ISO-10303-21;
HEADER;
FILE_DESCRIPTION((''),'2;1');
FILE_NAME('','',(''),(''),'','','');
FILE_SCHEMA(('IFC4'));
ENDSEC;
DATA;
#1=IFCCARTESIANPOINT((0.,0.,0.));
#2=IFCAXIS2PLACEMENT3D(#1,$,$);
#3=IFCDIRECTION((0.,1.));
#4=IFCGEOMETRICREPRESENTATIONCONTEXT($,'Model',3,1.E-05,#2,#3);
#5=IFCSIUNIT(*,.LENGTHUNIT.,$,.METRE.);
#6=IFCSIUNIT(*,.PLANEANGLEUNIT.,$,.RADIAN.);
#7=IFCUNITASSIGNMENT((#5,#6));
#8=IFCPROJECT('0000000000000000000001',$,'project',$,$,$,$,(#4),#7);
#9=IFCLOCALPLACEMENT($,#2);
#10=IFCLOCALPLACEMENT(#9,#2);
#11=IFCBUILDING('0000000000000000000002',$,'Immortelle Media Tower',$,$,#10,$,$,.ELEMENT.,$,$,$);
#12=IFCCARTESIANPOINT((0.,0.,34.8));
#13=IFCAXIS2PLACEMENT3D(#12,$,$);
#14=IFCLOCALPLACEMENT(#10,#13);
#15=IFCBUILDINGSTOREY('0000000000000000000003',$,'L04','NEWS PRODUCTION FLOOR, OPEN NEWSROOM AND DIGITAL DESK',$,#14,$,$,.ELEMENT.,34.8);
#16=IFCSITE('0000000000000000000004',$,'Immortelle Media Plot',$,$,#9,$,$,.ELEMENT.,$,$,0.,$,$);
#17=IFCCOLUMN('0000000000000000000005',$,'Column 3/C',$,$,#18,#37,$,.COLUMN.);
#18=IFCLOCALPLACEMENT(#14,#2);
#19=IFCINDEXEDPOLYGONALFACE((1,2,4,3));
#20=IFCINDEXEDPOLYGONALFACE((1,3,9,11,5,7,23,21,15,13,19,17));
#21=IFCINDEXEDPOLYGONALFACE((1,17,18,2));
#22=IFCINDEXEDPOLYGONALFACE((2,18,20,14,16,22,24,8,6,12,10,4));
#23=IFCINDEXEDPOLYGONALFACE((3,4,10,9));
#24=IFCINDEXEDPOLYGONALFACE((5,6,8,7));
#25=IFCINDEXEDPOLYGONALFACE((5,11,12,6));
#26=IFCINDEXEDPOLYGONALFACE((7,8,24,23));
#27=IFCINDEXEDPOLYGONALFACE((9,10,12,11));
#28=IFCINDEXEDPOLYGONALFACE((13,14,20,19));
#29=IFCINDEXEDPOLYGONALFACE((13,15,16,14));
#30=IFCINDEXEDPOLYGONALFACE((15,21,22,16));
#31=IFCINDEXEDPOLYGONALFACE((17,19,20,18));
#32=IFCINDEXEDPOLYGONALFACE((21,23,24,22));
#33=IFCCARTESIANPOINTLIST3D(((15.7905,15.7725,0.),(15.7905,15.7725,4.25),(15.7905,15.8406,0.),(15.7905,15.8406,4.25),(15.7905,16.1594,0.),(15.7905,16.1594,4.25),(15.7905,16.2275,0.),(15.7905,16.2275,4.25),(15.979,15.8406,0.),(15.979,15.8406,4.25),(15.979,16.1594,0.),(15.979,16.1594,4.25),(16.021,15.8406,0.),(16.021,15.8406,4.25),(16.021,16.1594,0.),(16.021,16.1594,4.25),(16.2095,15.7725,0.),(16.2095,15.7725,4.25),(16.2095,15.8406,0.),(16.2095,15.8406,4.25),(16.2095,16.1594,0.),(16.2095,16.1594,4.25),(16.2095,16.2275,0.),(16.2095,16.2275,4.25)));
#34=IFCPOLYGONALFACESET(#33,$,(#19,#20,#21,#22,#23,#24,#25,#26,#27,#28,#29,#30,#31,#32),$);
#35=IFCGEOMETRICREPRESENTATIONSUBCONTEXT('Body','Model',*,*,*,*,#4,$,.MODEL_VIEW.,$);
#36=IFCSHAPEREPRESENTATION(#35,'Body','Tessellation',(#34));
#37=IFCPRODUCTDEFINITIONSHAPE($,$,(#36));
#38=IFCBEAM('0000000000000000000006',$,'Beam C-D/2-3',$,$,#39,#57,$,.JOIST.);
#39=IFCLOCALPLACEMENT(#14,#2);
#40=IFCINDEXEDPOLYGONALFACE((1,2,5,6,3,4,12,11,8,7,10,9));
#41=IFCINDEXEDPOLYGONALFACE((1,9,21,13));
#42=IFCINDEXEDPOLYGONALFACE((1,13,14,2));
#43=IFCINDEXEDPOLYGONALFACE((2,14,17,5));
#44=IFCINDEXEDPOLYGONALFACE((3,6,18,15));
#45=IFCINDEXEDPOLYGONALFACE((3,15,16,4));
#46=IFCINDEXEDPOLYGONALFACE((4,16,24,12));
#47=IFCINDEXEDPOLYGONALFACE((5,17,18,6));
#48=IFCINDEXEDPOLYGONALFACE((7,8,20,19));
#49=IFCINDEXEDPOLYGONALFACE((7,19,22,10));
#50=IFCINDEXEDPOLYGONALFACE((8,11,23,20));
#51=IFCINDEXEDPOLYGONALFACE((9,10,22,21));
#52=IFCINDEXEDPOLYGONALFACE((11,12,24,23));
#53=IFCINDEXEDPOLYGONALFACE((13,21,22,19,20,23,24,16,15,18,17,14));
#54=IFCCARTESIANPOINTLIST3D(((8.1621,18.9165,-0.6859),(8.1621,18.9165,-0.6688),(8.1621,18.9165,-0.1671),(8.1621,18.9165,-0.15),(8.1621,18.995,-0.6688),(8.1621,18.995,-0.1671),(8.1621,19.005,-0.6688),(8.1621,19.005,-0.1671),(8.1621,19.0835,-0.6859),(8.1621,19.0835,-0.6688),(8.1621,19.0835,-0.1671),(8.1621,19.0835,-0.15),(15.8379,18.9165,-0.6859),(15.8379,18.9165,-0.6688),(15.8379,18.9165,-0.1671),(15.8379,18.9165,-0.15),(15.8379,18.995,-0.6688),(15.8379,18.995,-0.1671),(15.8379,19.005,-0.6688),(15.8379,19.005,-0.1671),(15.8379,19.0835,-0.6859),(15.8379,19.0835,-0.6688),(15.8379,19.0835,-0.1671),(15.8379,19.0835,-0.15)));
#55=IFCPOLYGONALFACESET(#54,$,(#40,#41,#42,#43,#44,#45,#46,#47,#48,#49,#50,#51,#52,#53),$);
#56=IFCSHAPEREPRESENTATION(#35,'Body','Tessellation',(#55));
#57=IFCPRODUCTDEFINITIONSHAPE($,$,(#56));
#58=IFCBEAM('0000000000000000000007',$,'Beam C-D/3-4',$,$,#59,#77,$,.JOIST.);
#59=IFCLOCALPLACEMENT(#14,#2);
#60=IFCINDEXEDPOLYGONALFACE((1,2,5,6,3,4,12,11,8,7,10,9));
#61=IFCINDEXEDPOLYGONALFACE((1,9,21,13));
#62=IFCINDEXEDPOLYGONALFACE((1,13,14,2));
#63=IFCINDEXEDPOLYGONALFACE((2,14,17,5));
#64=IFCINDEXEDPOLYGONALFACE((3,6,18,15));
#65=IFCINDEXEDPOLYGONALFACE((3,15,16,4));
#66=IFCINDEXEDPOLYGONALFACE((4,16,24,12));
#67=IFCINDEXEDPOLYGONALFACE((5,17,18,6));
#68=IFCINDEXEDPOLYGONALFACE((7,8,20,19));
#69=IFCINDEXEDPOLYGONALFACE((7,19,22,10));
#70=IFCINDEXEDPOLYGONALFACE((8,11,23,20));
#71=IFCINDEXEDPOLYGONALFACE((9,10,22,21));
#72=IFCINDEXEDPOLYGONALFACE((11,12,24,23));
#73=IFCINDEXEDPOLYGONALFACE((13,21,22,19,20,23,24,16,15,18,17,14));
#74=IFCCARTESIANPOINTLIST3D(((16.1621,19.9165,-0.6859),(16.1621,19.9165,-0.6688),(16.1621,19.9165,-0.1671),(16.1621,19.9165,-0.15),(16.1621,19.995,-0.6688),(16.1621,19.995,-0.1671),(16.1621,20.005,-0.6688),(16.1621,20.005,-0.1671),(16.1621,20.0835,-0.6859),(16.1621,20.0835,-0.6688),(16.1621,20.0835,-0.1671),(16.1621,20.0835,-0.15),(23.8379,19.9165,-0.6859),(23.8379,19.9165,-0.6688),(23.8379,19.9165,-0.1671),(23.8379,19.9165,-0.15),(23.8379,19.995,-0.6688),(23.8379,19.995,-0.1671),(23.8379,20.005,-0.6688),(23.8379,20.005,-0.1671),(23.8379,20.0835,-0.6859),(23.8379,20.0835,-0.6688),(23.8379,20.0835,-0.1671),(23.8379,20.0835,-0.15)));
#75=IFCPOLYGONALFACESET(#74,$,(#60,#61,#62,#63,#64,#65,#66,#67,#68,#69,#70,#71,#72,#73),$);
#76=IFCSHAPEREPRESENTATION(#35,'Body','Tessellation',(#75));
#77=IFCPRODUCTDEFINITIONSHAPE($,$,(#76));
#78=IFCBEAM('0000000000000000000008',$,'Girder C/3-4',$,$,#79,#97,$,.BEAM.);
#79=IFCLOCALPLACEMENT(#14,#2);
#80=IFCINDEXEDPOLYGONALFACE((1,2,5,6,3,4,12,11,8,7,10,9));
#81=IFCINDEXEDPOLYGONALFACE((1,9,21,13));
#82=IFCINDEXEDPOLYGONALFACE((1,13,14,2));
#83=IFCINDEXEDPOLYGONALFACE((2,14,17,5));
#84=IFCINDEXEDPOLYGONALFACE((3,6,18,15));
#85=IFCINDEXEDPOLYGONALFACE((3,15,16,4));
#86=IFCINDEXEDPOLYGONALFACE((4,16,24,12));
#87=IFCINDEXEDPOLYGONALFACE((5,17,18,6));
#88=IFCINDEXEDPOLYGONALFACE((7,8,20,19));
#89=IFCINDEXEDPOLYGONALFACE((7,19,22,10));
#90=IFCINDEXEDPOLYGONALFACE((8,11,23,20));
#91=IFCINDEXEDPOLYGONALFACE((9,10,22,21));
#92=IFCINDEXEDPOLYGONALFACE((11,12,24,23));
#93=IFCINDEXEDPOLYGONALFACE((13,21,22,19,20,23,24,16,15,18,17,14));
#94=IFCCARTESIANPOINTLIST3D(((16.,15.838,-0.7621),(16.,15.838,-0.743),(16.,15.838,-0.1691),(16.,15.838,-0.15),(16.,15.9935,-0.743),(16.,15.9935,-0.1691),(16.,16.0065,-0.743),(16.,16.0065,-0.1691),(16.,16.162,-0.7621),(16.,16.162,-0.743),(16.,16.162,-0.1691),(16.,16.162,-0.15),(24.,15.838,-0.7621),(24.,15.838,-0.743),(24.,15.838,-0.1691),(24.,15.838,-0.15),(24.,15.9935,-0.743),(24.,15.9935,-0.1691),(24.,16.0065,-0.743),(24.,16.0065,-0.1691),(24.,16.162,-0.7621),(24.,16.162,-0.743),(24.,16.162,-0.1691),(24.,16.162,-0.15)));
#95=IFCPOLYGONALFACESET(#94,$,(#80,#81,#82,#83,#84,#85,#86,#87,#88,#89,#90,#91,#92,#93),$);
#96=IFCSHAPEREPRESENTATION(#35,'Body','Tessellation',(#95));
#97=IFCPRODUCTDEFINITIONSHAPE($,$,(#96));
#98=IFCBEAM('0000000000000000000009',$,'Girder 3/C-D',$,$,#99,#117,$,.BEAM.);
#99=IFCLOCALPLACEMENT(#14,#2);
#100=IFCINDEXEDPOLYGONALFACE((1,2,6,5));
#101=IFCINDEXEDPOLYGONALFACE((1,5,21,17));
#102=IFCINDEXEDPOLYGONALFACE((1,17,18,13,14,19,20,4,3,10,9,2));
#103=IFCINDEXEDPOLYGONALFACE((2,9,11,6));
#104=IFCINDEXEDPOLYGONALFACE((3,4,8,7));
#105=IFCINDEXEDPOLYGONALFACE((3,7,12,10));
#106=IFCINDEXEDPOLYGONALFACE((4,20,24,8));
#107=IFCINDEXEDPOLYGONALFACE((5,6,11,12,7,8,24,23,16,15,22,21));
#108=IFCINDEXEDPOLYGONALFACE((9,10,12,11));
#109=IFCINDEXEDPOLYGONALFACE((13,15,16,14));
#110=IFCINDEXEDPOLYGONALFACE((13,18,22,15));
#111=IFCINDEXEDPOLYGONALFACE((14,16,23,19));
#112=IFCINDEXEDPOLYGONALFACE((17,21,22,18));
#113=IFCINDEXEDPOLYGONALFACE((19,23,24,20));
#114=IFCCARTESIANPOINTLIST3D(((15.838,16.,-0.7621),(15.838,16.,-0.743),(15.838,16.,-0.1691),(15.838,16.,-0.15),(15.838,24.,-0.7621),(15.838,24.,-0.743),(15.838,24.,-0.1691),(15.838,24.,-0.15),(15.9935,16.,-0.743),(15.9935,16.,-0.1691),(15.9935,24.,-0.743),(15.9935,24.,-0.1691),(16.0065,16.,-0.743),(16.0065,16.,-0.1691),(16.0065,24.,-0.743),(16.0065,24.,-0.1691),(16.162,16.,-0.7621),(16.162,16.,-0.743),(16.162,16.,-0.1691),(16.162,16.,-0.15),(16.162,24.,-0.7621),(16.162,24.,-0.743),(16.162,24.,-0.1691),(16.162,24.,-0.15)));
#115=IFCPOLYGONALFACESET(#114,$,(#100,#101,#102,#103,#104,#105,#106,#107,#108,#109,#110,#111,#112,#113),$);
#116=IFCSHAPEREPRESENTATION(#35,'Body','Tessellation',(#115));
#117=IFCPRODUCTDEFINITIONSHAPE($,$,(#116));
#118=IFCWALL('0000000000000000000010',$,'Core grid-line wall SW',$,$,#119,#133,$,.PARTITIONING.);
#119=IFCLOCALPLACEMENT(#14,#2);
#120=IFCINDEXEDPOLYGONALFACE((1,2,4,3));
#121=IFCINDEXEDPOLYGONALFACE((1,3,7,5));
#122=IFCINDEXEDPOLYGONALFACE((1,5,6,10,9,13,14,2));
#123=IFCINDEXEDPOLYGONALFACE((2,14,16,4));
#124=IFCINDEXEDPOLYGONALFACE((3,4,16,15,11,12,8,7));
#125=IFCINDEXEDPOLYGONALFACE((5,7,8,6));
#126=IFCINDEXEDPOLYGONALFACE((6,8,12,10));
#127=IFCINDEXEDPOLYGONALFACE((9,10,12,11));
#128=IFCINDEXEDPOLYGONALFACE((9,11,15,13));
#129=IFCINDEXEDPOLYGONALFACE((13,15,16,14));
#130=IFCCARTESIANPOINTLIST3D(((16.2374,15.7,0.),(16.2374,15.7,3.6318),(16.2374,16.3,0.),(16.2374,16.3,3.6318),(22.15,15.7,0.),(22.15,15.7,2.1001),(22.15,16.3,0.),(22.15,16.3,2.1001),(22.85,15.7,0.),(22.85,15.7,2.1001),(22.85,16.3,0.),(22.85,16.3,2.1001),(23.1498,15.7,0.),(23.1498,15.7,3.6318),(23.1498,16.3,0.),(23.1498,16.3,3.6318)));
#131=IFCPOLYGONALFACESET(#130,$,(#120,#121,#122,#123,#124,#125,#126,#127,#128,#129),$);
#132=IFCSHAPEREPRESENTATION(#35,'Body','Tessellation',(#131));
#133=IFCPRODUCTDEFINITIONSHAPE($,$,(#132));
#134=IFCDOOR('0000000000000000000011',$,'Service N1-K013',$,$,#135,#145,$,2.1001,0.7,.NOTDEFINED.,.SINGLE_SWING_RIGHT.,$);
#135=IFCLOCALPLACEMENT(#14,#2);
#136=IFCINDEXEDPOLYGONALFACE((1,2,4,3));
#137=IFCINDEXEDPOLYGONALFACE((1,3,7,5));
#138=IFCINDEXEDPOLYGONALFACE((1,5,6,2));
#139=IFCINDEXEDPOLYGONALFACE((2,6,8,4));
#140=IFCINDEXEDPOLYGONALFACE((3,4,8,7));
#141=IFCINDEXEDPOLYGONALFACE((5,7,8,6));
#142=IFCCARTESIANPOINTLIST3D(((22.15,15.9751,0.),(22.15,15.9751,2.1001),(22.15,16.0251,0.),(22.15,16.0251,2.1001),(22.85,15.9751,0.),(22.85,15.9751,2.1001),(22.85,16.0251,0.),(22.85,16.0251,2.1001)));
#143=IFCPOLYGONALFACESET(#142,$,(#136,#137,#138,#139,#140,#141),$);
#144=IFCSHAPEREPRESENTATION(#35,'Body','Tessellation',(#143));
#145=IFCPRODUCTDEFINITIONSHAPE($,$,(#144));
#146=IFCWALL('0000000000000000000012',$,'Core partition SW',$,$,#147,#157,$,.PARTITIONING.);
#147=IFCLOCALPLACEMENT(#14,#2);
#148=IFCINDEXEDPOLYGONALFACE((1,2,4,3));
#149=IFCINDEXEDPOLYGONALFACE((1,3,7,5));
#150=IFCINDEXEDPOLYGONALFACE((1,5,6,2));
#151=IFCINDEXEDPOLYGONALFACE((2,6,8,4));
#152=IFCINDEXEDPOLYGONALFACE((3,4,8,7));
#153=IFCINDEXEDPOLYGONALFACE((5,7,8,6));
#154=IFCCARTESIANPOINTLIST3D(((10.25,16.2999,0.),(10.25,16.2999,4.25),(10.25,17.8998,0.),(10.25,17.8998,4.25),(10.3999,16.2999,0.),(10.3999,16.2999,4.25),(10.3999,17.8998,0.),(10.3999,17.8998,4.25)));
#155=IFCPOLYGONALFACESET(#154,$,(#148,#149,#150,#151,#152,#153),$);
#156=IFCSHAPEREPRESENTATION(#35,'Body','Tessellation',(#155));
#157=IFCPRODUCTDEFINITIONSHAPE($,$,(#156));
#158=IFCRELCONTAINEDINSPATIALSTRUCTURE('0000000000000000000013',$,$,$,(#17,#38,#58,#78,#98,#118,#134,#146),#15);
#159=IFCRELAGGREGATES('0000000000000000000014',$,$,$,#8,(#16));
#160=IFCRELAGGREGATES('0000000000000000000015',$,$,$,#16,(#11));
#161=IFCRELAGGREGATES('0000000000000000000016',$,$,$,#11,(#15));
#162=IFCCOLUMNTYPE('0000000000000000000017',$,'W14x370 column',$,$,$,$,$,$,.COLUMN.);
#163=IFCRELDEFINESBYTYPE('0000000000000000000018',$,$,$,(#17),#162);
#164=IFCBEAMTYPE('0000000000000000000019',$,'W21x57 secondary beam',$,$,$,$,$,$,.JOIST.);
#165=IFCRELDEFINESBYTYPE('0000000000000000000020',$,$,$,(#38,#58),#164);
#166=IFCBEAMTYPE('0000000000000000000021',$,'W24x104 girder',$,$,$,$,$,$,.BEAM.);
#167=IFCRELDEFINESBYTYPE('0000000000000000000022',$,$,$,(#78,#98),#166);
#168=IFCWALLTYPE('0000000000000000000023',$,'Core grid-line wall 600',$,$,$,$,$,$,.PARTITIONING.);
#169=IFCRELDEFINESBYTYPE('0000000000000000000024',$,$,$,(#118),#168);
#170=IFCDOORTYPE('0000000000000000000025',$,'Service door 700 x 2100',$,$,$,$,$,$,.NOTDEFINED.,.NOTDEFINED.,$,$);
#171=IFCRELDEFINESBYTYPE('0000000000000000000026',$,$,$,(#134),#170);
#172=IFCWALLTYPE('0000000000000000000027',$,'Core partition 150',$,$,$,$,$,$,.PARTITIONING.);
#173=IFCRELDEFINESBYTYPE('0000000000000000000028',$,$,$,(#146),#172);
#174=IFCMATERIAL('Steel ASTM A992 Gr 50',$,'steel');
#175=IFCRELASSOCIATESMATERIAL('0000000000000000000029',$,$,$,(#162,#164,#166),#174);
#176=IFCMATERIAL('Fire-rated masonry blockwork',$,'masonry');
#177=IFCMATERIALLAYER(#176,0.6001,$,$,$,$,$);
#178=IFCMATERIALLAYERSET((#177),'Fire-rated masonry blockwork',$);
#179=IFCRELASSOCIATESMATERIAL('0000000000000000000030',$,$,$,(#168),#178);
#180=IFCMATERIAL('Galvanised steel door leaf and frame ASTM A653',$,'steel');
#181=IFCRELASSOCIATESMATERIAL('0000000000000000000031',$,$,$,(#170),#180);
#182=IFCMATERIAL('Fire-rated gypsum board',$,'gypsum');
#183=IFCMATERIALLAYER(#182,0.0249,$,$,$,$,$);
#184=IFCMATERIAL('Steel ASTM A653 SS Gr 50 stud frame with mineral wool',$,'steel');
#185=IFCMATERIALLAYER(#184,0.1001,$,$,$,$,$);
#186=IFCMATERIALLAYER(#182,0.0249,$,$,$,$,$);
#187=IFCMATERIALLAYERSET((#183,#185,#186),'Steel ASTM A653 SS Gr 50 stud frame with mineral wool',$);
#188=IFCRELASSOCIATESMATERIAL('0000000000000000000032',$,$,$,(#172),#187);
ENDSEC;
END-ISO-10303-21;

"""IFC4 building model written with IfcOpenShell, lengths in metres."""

from ifc_helpers import new_model, si_unit, direction, frame, frame_2d, origin, origin_2d, place, context, subcontext, project, spatial, rectangle, i_section, extrude, material, layer, layer_set, material_profile, profile_set, type_object, element, fill, save


model = new_model("IFC4")

# Units and contexts
model_context = context("Model", 3, precision=1e-05, world=origin(), true_north=direction((0.0, 1.0)))
body_context = subcontext(model_context, "Body", "Model", "MODEL_VIEW")
ifc_project = project(units=[si_unit("LENGTHUNIT", "METRE"), si_unit("PLANEANGLEUNIT", "RADIAN")], contexts=[model_context])

# Site, building, storey
site_placement = place(None, origin())
site = spatial("IfcSite", under=ifc_project, at=site_placement, Name="Immortelle Media Plot", CompositionType="ELEMENT", RefElevation=0.0)
building_placement = place(site_placement, origin())
building = spatial("IfcBuilding", under=site, at=building_placement, Name="Immortelle Media Tower", CompositionType="ELEMENT")
storey_placement = place(building_placement, frame((0.0, 0.0, 34.8)))
storey = spatial("IfcBuildingStorey", under=building, at=storey_placement, Name="L04", Description="NEWS PRODUCTION FLOOR, OPEN NEWSROOM AND DIGITAL DESK", CompositionType="ELEMENT", Elevation=34.8)

# Column
ifc_material_1 = material(Name="Steel ASTM A992 Gr 50", Category="steel")
ifc_material_profile_1 = material_profile(ifc_material_1, i_section(OverallWidth=0.4189, OverallDepth=0.4551, WebThickness=0.042, FlangeThickness=0.0681, at=origin_2d()), Name="W14x370")
ifc_profile_set_1 = profile_set([ifc_material_profile_1], Name="Steel ASTM A992 Gr 50")
column_type = type_object("IfcColumnType", Name="W14x370 column", PredefinedType="COLUMN", material=ifc_profile_set_1)
column_placement = place(storey_placement, frame((16.0, 16.0, 0.0), z_axis=(0.0, 0.0, 1.0), x_axis=(1.0, 0.0, 0.0)))
element("IfcColumn", 1, at=column_placement, inside=storey, type_object=column_type, Name="Column 3/C", PredefinedType="COLUMN", context=body_context, shape_type="SweptSolid", body=[
    extrude(i_section(OverallWidth=0.4189, OverallDepth=0.4551, WebThickness=0.042, FlangeThickness=0.0681, at=origin_2d()), origin(), (0.0, 0.0, 1.0), 4.25),
])

# Beams
ifc_material_profile_2 = material_profile(ifc_material_1, i_section(OverallWidth=0.167, OverallDepth=0.5359, WebThickness=0.01, FlangeThickness=0.0171, at=origin_2d()), Name="W21x57")
ifc_profile_set_2 = profile_set([ifc_material_profile_2], Name="Steel ASTM A992 Gr 50")
beam_type_1 = type_object("IfcBeamType", Name="W21x57 secondary beam", PredefinedType="JOIST", material=ifc_profile_set_2)
for number, where, z_axis, x_axis, name in (
    (2, (8.1621, 19.0, -0.418), (1.0, 0.0, 0.0), (0.0, 1.0, 0.0), "Beam C-D/2-3"),
    (3, (16.1621, 20.0, -0.418), (1.0, 0.0, 0.0), (0.0, 1.0, 0.0), "Beam C-D/3-4"),
):
    element("IfcBeam", number, at=place(storey_placement, frame(where, z_axis=z_axis, x_axis=x_axis)), inside=storey, type_object=beam_type_1, Name=name, PredefinedType="JOIST", context=body_context, shape_type="SweptSolid", body=[
        extrude(i_section(OverallWidth=0.167, OverallDepth=0.5359, WebThickness=0.01, FlangeThickness=0.0171, at=origin_2d()), origin(), (0.0, 0.0, 1.0), 7.6758),
    ])
ifc_material_profile_3 = material_profile(ifc_material_1, i_section(OverallWidth=0.324, OverallDepth=0.6121, WebThickness=0.0129, FlangeThickness=0.019, at=origin_2d()), Name="W24x104")
ifc_profile_set_3 = profile_set([ifc_material_profile_3], Name="Steel ASTM A992 Gr 50")
beam_type_2 = type_object("IfcBeamType", Name="W24x104 girder", PredefinedType="BEAM", material=ifc_profile_set_3)
for number, where, z_axis, x_axis, name in (
    (4, (16.0, 16.0, -0.4561), (1.0, 0.0, 0.0), (0.0, 1.0, 0.0), "Girder C/3-4"),
    (5, (16.0, 16.0, -0.4561), (0.0, 1.0, 0.0), (-1.0, 0.0, 0.0), "Girder 3/C-D"),
):
    element("IfcBeam", number, at=place(storey_placement, frame(where, z_axis=z_axis, x_axis=x_axis)), inside=storey, type_object=beam_type_2, Name=name, PredefinedType="BEAM", context=body_context, shape_type="SweptSolid", body=[
        extrude(i_section(OverallWidth=0.324, OverallDepth=0.6121, WebThickness=0.0129, FlangeThickness=0.019, at=origin_2d()), origin(), (0.0, 0.0, 1.0), 8.0),
    ])

# Wall, opening, door
ifc_material_2 = material(Name="Fire-rated masonry blockwork", Category="masonry")
ifc_layer_1 = layer(ifc_material_2, 0.6001)
ifc_layer_set_1 = layer_set([ifc_layer_1], Name="Fire-rated masonry blockwork")
wall_type_1 = type_object("IfcWallType", Name="Core grid-line wall 600", PredefinedType="PARTITIONING", material=ifc_layer_set_1)
wall_1_placement = place(storey_placement, frame((16.2375, 16.0, 0.0), z_axis=(0.0, 0.0, 1.0), x_axis=(1.0, 0.0, 0.0)))
wall_1 = element("IfcWall", 6, at=wall_1_placement, inside=storey, type_object=wall_type_1, Name="Core grid-line wall SW", PredefinedType="PARTITIONING", context=body_context, shape_type="SweptSolid", body=[
    extrude(rectangle(XDim=6.9124, YDim=0.6001, at=frame_2d((3.4561, 0.0))), origin(), (0.0, 0.0, 1.0), 3.6318),
])
opening_1_placement = place(wall_1_placement, frame((6.6125, 0.0, 0.0), z_axis=(0.0, 0.0, 1.0), x_axis=(-1.0, 0.0, 0.0)))
opening_1 = element("IfcOpeningElement", 7, at=opening_1_placement, cuts=wall_1, PredefinedType="OPENING", context=body_context, shape_type="SweptSolid", body=[
    extrude(rectangle(XDim=0.7, YDim=2.1001, at=frame_2d((0.3501, 1.05))), frame((0.0, 0.3101, 0.0), z_axis=(0.0, -1.0, 0.0), x_axis=(1.0, 0.0, 0.0)), (0.0, 0.0, 1.0), 0.6201),
])
ifc_material_3 = material(Name="Galvanised steel door leaf and frame ASTM A653", Category="steel")
door_type_1 = type_object("IfcDoorType", Name="Service door 700 x 2100", OperationType="NOTDEFINED", PredefinedType="NOTDEFINED", material=ifc_material_3)
door_1_placement = place(opening_1_placement, origin())
door_1 = element("IfcDoor", 8, at=door_1_placement, inside=storey, type_object=door_type_1, Name="Service N1-K013", OperationType="SINGLE_SWING_RIGHT", OverallHeight=2.1001, OverallWidth=0.7, PredefinedType="NOTDEFINED", context=body_context, shape_type="SweptSolid", body=[
    extrude(rectangle(XDim=0.7, YDim=2.1001, at=frame_2d((0.3501, 1.05))), frame((0.0, 0.0249, 0.0), z_axis=(0.0, -1.0, 0.0), x_axis=(1.0, 0.0, 0.0)), (0.0, 0.0, 1.0), 0.05),
])
fill(opening_1, door_1)

# Wall
ifc_material_4 = material(Name="Fire-rated gypsum board", Category="gypsum")
ifc_layer_2 = layer(ifc_material_4, 0.0249)
ifc_material_5 = material(Name="Steel ASTM A653 SS Gr 50 stud frame with mineral wool", Category="steel")
ifc_layer_3 = layer(ifc_material_5, 0.1001)
ifc_layer_4 = layer(ifc_material_4, 0.0249)
ifc_layer_set_2 = layer_set([ifc_layer_2, ifc_layer_3, ifc_layer_4], Name="Steel ASTM A653 SS Gr 50 stud frame with mineral wool")
wall_type_2 = type_object("IfcWallType", Name="Core partition 150", PredefinedType="PARTITIONING", material=ifc_layer_set_2)
wall_2_placement = place(storey_placement, frame((10.325, 16.3, 0.0), z_axis=(0.0, 0.0, 1.0), x_axis=(0.0, 1.0, 0.0)))
element("IfcWall", 9, at=wall_2_placement, inside=storey, type_object=wall_type_2, Name="Core partition SW", PredefinedType="PARTITIONING", context=body_context, shape_type="SweptSolid", body=[
    extrude(rectangle(XDim=1.5999, YDim=0.1499, at=frame_2d((0.7998, 0.0))), origin(), (0.0, 0.0, 1.0), 4.25),
])

save(model, "model.ifc")
